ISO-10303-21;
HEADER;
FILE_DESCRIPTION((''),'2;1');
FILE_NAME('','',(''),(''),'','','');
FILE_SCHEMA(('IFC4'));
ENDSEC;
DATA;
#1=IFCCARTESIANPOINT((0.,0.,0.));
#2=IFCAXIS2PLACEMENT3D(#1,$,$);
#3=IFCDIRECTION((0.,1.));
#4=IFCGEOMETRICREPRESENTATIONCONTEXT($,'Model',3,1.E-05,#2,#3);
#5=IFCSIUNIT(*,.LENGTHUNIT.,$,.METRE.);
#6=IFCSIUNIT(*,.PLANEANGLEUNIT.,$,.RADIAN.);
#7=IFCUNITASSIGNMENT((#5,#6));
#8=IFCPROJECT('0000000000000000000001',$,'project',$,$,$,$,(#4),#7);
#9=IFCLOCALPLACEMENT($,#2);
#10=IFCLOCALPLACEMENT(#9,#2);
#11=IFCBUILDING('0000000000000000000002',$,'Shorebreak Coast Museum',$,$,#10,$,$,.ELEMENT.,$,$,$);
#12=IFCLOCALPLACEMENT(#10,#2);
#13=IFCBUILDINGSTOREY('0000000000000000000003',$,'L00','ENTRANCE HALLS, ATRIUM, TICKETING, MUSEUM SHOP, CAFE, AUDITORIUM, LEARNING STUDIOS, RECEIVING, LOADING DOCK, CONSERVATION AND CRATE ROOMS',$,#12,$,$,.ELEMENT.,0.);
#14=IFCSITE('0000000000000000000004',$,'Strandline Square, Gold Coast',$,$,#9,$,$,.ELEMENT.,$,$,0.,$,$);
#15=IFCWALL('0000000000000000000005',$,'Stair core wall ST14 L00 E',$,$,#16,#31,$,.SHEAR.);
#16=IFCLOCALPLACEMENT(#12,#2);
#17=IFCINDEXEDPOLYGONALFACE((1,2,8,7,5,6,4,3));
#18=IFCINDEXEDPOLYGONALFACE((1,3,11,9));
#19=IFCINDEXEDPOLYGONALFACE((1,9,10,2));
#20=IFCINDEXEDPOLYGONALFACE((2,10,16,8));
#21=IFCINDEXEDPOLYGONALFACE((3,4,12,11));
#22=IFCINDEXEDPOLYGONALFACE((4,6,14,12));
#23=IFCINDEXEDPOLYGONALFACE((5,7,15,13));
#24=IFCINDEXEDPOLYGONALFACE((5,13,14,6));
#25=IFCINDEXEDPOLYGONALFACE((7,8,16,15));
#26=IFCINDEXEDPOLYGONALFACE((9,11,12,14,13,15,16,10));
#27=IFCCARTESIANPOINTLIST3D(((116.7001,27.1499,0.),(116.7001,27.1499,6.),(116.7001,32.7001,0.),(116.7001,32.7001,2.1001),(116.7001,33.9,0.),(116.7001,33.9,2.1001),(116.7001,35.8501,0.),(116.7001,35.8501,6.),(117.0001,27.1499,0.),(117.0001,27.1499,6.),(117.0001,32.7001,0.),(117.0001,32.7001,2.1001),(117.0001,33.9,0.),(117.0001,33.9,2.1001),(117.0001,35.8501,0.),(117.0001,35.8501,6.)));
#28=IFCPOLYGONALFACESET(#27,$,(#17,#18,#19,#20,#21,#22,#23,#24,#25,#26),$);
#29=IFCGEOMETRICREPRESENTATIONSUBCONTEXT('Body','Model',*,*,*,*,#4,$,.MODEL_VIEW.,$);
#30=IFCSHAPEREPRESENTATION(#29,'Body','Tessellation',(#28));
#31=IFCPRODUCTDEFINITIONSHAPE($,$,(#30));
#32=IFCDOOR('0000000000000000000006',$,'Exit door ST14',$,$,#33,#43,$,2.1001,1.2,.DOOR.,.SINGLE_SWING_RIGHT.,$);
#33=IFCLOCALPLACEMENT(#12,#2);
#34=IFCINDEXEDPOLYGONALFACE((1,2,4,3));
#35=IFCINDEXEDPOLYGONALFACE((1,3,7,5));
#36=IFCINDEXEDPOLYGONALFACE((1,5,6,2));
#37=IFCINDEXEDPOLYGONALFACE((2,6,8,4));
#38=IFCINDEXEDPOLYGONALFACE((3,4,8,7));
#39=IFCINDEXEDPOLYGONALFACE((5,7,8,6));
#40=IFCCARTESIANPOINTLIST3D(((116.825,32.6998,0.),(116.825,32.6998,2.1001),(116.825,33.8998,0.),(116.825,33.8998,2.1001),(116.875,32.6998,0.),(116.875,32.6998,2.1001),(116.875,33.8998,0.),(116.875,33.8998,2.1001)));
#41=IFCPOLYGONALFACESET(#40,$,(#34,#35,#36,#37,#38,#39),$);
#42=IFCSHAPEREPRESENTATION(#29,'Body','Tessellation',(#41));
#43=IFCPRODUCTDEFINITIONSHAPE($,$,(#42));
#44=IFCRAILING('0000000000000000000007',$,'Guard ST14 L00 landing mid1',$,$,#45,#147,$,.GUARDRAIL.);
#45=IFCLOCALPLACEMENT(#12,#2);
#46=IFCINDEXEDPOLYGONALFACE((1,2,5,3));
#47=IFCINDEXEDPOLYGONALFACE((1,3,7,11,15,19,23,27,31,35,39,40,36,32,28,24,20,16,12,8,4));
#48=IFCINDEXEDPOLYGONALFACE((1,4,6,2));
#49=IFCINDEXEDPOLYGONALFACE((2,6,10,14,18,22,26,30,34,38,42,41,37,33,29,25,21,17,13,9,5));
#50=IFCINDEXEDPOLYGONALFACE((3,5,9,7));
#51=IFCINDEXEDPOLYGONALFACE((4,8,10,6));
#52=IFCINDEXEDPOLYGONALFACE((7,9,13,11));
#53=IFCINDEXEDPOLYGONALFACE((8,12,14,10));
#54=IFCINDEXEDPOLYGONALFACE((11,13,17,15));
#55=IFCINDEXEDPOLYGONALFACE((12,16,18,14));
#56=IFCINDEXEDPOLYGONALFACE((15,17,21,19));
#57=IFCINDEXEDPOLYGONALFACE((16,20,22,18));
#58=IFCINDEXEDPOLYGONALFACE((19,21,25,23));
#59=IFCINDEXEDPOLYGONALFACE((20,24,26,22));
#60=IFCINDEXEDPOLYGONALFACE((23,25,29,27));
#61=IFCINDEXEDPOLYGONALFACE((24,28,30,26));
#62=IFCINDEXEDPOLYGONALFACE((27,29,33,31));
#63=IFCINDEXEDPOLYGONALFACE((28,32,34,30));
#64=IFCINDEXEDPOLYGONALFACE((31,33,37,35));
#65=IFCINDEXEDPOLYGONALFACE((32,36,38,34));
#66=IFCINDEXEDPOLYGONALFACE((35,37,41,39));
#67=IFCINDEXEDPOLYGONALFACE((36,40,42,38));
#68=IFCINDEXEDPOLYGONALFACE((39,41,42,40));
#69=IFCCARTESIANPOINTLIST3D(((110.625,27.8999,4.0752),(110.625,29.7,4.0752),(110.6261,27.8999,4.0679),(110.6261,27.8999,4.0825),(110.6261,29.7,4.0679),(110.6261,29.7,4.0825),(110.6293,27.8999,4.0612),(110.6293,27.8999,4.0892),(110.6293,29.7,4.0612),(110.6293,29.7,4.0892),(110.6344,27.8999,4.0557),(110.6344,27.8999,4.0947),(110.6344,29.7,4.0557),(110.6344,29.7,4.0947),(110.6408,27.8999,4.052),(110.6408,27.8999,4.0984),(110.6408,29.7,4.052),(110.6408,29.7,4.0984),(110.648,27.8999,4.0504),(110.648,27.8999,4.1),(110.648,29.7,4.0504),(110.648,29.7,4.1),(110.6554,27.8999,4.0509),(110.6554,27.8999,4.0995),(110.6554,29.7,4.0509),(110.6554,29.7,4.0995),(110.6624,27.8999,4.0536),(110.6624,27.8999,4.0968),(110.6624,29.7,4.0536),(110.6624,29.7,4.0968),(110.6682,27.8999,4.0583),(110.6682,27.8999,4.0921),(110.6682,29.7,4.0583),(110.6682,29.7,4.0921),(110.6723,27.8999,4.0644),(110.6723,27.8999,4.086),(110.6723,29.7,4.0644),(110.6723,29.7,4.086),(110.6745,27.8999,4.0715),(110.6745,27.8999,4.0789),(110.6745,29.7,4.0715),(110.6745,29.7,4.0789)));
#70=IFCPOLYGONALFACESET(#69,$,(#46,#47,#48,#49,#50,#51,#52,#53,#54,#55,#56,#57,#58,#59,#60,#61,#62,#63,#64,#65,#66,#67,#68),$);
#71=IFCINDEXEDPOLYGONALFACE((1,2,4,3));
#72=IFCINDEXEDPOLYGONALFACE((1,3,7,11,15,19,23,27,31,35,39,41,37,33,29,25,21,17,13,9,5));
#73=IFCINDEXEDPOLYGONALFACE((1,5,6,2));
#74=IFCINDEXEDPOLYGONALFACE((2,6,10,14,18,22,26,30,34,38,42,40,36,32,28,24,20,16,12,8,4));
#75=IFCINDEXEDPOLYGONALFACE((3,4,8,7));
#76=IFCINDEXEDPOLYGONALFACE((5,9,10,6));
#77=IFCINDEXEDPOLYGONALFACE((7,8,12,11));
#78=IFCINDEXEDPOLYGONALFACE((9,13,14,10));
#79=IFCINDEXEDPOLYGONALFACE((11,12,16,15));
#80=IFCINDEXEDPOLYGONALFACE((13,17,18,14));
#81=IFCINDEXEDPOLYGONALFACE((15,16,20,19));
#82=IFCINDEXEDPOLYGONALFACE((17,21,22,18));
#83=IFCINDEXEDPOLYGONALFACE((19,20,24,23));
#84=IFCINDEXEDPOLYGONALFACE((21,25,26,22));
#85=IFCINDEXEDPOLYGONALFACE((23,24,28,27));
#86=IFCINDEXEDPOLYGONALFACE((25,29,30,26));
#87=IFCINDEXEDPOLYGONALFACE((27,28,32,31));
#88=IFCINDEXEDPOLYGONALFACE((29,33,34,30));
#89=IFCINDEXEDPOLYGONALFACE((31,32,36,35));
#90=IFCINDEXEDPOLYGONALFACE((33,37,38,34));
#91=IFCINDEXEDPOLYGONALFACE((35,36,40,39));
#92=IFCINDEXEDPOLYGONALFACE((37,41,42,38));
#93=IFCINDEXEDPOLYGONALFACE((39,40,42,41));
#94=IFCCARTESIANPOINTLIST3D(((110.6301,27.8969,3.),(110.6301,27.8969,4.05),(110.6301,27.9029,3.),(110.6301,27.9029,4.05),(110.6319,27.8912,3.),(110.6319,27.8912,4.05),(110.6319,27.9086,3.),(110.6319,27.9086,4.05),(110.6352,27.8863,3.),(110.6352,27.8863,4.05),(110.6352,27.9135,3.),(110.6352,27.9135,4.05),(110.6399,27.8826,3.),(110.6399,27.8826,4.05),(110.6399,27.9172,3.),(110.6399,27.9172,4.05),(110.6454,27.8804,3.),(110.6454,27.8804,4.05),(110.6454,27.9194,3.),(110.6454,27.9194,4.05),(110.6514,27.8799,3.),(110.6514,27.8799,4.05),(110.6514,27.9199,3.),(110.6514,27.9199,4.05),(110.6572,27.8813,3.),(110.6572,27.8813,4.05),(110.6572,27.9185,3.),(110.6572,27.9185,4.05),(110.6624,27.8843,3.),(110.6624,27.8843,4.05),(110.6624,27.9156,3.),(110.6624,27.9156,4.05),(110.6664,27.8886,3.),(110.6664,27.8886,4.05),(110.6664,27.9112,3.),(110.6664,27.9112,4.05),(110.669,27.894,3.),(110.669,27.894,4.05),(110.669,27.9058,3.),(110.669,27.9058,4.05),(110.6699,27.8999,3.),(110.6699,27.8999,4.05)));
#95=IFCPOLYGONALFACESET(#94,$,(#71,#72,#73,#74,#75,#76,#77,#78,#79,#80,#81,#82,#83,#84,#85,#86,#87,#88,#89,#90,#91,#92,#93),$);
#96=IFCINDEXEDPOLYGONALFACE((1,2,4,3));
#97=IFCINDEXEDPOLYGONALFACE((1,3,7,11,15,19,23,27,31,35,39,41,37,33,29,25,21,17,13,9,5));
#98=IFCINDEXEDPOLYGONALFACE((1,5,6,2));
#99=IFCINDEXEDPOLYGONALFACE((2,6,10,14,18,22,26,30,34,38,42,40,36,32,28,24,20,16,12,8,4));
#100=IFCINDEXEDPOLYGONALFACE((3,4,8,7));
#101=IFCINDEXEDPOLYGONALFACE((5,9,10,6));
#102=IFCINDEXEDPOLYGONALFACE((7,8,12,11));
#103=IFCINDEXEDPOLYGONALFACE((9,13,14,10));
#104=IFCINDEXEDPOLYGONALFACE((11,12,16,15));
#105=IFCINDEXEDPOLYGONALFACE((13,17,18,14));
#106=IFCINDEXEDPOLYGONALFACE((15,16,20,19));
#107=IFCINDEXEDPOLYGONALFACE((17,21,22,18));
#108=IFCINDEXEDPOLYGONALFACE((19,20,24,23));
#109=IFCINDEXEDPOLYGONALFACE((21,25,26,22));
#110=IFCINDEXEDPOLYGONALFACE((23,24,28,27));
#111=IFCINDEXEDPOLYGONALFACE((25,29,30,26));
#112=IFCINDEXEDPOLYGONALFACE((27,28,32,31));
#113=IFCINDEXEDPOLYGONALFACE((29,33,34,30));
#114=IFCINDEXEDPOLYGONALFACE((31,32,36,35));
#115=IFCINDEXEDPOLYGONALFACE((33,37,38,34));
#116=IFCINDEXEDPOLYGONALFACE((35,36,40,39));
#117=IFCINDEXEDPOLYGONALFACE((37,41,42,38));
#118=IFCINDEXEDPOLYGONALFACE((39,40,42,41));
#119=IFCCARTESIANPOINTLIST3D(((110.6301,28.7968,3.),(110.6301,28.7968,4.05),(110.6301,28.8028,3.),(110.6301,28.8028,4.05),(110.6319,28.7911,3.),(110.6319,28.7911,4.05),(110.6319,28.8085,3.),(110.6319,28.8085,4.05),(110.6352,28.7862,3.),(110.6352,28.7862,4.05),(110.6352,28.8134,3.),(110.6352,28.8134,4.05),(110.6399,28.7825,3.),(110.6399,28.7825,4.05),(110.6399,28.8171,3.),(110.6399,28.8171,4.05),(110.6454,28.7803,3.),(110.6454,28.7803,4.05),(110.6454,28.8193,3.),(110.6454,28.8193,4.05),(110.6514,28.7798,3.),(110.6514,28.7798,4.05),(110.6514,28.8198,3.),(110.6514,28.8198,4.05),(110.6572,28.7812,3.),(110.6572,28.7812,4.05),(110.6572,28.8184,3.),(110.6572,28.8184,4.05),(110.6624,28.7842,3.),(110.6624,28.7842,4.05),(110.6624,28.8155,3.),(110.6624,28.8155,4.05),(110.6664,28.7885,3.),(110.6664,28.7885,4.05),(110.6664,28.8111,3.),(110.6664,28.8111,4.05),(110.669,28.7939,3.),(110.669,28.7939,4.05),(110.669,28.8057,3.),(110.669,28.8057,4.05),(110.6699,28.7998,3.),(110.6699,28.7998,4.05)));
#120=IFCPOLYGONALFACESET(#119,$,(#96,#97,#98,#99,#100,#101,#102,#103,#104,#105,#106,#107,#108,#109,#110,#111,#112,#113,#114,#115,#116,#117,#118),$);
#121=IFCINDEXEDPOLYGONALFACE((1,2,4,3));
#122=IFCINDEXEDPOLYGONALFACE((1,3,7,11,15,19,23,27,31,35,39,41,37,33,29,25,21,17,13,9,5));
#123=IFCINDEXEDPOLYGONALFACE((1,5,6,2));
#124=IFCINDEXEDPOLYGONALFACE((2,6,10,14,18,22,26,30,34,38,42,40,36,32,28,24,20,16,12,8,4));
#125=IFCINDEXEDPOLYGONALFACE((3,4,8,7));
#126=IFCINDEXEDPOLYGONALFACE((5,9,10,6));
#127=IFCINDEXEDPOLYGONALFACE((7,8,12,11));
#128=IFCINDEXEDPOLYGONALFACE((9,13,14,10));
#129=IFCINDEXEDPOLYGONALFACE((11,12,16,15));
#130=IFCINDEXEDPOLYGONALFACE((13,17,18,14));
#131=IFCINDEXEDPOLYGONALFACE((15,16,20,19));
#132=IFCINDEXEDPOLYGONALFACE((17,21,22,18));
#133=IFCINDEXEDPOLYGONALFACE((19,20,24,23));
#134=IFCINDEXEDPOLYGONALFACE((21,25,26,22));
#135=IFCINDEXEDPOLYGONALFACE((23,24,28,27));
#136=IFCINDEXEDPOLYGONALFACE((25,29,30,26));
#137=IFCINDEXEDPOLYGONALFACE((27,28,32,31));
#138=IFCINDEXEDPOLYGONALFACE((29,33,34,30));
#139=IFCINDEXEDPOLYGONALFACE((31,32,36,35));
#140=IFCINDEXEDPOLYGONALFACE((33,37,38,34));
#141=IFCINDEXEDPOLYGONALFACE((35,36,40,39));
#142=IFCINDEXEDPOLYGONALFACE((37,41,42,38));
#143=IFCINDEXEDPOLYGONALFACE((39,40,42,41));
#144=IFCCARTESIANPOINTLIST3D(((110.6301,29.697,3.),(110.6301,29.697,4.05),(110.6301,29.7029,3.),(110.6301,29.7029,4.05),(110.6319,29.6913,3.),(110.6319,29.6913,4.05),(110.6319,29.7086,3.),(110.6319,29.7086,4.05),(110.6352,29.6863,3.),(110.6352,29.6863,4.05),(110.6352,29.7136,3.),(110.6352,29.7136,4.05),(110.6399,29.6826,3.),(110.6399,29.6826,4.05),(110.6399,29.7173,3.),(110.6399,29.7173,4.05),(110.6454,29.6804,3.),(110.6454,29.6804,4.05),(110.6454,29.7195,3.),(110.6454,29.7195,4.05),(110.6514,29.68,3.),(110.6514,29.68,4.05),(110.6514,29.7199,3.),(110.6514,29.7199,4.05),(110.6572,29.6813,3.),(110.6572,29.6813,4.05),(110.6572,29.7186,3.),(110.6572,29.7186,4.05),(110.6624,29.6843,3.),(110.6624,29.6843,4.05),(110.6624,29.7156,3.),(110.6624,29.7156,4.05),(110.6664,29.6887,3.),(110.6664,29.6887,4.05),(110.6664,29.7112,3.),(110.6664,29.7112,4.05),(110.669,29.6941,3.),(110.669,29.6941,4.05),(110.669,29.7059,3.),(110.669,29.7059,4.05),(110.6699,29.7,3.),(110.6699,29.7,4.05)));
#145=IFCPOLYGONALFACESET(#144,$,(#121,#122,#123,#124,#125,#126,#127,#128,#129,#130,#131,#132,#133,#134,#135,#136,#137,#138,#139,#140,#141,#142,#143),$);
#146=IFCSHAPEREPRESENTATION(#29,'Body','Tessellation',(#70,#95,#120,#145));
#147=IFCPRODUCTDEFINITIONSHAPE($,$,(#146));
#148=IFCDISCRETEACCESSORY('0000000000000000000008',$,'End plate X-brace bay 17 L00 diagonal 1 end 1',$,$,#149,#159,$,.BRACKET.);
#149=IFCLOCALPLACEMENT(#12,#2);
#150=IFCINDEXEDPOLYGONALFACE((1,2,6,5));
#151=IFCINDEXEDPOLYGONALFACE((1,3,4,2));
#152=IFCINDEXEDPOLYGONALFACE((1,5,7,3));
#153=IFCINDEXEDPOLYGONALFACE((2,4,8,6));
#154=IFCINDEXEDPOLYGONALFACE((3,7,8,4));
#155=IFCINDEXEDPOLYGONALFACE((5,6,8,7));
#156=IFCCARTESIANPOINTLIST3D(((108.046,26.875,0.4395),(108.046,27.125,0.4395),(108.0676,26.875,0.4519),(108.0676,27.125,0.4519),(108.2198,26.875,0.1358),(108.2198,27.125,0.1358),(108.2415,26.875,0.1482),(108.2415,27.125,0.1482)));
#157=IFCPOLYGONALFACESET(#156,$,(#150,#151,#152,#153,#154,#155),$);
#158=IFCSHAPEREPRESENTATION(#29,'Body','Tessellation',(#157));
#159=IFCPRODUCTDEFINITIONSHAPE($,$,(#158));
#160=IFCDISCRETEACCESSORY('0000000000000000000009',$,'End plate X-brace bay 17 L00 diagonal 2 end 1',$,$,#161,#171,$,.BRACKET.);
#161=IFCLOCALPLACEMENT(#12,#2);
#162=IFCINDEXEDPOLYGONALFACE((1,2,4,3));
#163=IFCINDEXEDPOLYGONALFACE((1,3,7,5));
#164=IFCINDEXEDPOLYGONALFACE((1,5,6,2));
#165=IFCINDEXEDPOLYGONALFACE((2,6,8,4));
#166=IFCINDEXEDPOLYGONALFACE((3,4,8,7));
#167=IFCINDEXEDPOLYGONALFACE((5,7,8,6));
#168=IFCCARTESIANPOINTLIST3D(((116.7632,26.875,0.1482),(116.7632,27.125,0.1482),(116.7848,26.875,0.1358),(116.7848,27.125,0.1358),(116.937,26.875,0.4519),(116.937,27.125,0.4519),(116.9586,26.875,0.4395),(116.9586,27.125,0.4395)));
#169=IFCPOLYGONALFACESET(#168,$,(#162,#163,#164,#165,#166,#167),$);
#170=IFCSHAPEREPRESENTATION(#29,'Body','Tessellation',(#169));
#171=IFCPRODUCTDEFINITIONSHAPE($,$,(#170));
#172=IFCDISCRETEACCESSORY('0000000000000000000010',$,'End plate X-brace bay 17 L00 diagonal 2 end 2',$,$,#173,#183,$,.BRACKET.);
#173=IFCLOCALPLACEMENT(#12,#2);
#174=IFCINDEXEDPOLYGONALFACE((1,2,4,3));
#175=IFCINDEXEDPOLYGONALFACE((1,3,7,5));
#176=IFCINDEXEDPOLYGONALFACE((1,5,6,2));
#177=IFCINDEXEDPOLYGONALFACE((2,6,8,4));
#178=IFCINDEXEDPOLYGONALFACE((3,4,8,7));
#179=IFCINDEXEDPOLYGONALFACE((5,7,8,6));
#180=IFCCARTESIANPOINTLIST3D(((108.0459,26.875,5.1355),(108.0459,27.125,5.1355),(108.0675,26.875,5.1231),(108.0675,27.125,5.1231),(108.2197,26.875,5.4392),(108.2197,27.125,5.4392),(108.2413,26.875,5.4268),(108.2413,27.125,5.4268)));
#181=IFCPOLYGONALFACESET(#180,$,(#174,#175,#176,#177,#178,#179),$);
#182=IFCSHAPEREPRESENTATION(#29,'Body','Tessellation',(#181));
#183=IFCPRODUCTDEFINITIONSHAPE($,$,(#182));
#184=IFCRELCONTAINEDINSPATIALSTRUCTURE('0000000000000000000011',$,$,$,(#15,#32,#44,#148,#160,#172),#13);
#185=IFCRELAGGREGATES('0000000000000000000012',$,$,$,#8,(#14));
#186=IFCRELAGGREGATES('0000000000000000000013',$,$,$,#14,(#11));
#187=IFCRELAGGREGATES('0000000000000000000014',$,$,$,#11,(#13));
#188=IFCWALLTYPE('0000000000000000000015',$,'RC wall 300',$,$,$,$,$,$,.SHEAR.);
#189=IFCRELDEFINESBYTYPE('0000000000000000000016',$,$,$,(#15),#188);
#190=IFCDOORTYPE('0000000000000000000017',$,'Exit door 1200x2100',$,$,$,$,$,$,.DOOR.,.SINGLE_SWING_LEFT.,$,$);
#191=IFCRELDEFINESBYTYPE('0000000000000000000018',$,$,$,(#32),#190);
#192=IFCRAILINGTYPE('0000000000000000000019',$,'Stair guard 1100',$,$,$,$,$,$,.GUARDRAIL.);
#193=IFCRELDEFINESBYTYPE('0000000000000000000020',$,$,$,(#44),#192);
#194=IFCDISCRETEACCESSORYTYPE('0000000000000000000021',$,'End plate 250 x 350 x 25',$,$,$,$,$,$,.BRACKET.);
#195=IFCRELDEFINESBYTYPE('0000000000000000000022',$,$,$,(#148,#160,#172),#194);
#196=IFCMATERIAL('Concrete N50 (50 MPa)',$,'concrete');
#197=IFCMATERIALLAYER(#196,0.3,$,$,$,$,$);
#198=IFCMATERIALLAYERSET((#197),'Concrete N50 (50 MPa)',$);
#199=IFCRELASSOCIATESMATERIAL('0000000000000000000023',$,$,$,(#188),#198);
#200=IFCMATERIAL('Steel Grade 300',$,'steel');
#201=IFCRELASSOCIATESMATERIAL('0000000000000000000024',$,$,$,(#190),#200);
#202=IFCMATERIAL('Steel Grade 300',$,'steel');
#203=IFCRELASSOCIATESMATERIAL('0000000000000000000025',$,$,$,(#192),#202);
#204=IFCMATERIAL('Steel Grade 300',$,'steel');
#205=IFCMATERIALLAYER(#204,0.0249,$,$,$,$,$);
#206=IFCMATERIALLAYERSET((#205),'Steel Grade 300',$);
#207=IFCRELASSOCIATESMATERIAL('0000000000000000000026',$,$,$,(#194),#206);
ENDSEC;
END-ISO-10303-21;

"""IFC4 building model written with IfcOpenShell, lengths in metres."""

from ifc_helpers import new_model, si_unit, direction, frame, frame_2d, origin, origin_2d, place, context, subcontext, project, spatial, polyline, rectangle, circle, outline, extrude, material, layer, layer_set, type_object, element, fill, save


model = new_model("IFC4")

# Units and contexts
model_context = context("Model", 3, precision=1e-05, world=origin(), true_north=direction((0.0, 1.0)))
body_context = subcontext(model_context, "Body", "Model", "MODEL_VIEW")
ifc_project = project(units=[si_unit("LENGTHUNIT", "METRE"), si_unit("PLANEANGLEUNIT", "RADIAN")], contexts=[model_context])

# Site, building, storey
site_placement = place(None, origin())
site = spatial("IfcSite", under=ifc_project, at=site_placement, Name="Strandline Square, Gold Coast", CompositionType="ELEMENT", RefElevation=0.0)
building_placement = place(site_placement, origin())
building = spatial("IfcBuilding", under=site, at=building_placement, Name="Shorebreak Coast Museum", CompositionType="ELEMENT")
storey_placement = place(building_placement, origin())
storey = spatial("IfcBuildingStorey", under=building, at=storey_placement, Name="L00", Description="ENTRANCE HALLS, ATRIUM, TICKETING, MUSEUM SHOP, CAFE, AUDITORIUM, LEARNING STUDIOS, RECEIVING, LOADING DOCK, CONSERVATION AND CRATE ROOMS", CompositionType="ELEMENT", Elevation=0.0)

# Shared definitions
ifc_material_1 = material(Name="Concrete N50 (50 MPa)", Category="concrete")
ifc_layer_1 = layer(ifc_material_1, 0.3)
ifc_layer_set_1 = layer_set([ifc_layer_1], Name="Concrete N50 (50 MPa)")
wall_type_1 = type_object("IfcWallType", Name="RC wall 300", PredefinedType="SHEAR", material=ifc_layer_set_1)

# Wall, opening, door
wall_1_placement = place(storey_placement, frame((116.8501, 27.1499, 0.0), z_axis=(0.0, 0.0, 1.0), x_axis=(0.0, 1.0, 0.0)))
wall_1 = element("IfcWall", 1, at=wall_1_placement, inside=storey, type_object=wall_type_1, Name="Stair core wall ST14 L00 E", PredefinedType="SHEAR", context=body_context, shape_type="SweptSolid", body=[
    extrude(rectangle(XDim=8.7002, YDim=0.3, at=frame_2d((4.3501, 0.0))), origin(), (0.0, 0.0, 1.0), 6.0),
])
opening_1_placement = place(wall_1_placement, frame((5.55, 0.0, 0.0)))
opening_1 = element("IfcOpeningElement", 2, at=opening_1_placement, cuts=wall_1, PredefinedType="OPENING", context=body_context, shape_type="SweptSolid", body=[
    extrude(rectangle(XDim=1.2, YDim=2.1001, at=frame_2d((0.6001, 1.05))), frame((0.0, 0.1599, 0.0), z_axis=(0.0, -1.0, 0.0), x_axis=(1.0, 0.0, 0.0)), (0.0, 0.0, 1.0), 0.3201),
])
ifc_material_2 = material(Name="Steel Grade 300", Category="steel")
door_type_1 = type_object("IfcDoorType", Name="Exit door 1200x2100", OperationType="SINGLE_SWING_LEFT", PredefinedType="DOOR", material=ifc_material_2)
door_1_placement = place(opening_1_placement, frame((1.2, 0.0, 0.0), z_axis=(0.0, 0.0, 1.0), x_axis=(-1.0, 0.0, 0.0)))
door_1 = element("IfcDoor", 3, at=door_1_placement, inside=storey, type_object=door_type_1, Name="Exit door ST14", OperationType="SINGLE_SWING_RIGHT", OverallHeight=2.1001, OverallWidth=1.2, PredefinedType="DOOR", context=body_context, shape_type="SweptSolid", body=[
    extrude(rectangle(XDim=1.2, YDim=2.1001, at=frame_2d((0.6001, 1.05))), frame((0.0, 0.0249, 0.0), z_axis=(0.0, -1.0, 0.0), x_axis=(1.0, 0.0, 0.0)), (0.0, 0.0, 1.0), 0.05),
])
fill(opening_1, door_1)

# Railing
ifc_material_3 = material(Name="Steel Grade 300", Category="steel")
railing_type = type_object("IfcRailingType", Name="Stair guard 1100", PredefinedType="GUARDRAIL", material=ifc_material_3)
railing_placement = place(storey_placement, frame((110.6499, 27.8999, 3.0)))
element("IfcRailing", 4, at=railing_placement, inside=storey, type_object=railing_type, Name="Guard ST14 L00 landing mid1", PredefinedType="GUARDRAIL", context=body_context, shape_type="SweptSolid", body=[
    extrude(circle(Radius=0.0249, at=origin_2d()), frame((0.0, 0.0, 1.0752), z_axis=(0.0, 1.0, 0.0), x_axis=(-1.0, 0.0, 0.0)), (0.0, 0.0, 1.0), 1.8),
    extrude(circle(Radius=0.02, at=origin_2d()), origin(), (0.0, 0.0, 1.0), 1.05),
    extrude(circle(Radius=0.02, at=origin_2d()), frame((0.0, 0.8999, 0.0)), (0.0, 0.0, 1.0), 1.05),
    extrude(circle(Radius=0.02, at=origin_2d()), frame((0.0, 1.8, 0.0)), (0.0, 0.0, 1.0), 1.05),
])

# Discrete accessories
ifc_material_4 = material(Name="Steel Grade 300", Category="steel")
ifc_layer_2 = layer(ifc_material_4, 0.0249)
ifc_layer_set_2 = layer_set([ifc_layer_2], Name="Steel Grade 300")
discrete_accessory_type = type_object("IfcDiscreteAccessoryType", Name="End plate 250 x 350 x 25", PredefinedType="BRACKET", material=ifc_layer_set_2)
for number, where, z_axis, x_axis, name in (
    (5, (108.2415, 26.875, 0.1482), (0.867899, 0.0, 0.49674), (0.0, 1.0, 0.0), "End plate X-brace bay 17 L00 diagonal 1 end 1"),
    (6, (116.7632, 27.125, 0.1482), (-0.867899, 0.0, 0.49674), (0.0, -1.0, 0.0), "End plate X-brace bay 17 L00 diagonal 2 end 1"),
    (7, (108.0459, 27.125, 5.1355), (-0.867899, 0.0, 0.49674), (0.0, -1.0, 0.0), "End plate X-brace bay 17 L00 diagonal 2 end 2"),
):
    element("IfcDiscreteAccessory", number, at=place(storey_placement, frame(where, z_axis=z_axis, x_axis=x_axis)), inside=storey, type_object=discrete_accessory_type, Name=name, PredefinedType="BRACKET", context=body_context, shape_type="SweptSolid", body=[
        extrude(outline(polyline([(0.0, 0.0), (0.25, 0.0), (0.25, 0.3499), (0.0, 0.3499), (0.0, 0.0)])), origin(), (0.0, 0.0, -1.0), 0.0249),
    ])

save(model, "model.ifc")
